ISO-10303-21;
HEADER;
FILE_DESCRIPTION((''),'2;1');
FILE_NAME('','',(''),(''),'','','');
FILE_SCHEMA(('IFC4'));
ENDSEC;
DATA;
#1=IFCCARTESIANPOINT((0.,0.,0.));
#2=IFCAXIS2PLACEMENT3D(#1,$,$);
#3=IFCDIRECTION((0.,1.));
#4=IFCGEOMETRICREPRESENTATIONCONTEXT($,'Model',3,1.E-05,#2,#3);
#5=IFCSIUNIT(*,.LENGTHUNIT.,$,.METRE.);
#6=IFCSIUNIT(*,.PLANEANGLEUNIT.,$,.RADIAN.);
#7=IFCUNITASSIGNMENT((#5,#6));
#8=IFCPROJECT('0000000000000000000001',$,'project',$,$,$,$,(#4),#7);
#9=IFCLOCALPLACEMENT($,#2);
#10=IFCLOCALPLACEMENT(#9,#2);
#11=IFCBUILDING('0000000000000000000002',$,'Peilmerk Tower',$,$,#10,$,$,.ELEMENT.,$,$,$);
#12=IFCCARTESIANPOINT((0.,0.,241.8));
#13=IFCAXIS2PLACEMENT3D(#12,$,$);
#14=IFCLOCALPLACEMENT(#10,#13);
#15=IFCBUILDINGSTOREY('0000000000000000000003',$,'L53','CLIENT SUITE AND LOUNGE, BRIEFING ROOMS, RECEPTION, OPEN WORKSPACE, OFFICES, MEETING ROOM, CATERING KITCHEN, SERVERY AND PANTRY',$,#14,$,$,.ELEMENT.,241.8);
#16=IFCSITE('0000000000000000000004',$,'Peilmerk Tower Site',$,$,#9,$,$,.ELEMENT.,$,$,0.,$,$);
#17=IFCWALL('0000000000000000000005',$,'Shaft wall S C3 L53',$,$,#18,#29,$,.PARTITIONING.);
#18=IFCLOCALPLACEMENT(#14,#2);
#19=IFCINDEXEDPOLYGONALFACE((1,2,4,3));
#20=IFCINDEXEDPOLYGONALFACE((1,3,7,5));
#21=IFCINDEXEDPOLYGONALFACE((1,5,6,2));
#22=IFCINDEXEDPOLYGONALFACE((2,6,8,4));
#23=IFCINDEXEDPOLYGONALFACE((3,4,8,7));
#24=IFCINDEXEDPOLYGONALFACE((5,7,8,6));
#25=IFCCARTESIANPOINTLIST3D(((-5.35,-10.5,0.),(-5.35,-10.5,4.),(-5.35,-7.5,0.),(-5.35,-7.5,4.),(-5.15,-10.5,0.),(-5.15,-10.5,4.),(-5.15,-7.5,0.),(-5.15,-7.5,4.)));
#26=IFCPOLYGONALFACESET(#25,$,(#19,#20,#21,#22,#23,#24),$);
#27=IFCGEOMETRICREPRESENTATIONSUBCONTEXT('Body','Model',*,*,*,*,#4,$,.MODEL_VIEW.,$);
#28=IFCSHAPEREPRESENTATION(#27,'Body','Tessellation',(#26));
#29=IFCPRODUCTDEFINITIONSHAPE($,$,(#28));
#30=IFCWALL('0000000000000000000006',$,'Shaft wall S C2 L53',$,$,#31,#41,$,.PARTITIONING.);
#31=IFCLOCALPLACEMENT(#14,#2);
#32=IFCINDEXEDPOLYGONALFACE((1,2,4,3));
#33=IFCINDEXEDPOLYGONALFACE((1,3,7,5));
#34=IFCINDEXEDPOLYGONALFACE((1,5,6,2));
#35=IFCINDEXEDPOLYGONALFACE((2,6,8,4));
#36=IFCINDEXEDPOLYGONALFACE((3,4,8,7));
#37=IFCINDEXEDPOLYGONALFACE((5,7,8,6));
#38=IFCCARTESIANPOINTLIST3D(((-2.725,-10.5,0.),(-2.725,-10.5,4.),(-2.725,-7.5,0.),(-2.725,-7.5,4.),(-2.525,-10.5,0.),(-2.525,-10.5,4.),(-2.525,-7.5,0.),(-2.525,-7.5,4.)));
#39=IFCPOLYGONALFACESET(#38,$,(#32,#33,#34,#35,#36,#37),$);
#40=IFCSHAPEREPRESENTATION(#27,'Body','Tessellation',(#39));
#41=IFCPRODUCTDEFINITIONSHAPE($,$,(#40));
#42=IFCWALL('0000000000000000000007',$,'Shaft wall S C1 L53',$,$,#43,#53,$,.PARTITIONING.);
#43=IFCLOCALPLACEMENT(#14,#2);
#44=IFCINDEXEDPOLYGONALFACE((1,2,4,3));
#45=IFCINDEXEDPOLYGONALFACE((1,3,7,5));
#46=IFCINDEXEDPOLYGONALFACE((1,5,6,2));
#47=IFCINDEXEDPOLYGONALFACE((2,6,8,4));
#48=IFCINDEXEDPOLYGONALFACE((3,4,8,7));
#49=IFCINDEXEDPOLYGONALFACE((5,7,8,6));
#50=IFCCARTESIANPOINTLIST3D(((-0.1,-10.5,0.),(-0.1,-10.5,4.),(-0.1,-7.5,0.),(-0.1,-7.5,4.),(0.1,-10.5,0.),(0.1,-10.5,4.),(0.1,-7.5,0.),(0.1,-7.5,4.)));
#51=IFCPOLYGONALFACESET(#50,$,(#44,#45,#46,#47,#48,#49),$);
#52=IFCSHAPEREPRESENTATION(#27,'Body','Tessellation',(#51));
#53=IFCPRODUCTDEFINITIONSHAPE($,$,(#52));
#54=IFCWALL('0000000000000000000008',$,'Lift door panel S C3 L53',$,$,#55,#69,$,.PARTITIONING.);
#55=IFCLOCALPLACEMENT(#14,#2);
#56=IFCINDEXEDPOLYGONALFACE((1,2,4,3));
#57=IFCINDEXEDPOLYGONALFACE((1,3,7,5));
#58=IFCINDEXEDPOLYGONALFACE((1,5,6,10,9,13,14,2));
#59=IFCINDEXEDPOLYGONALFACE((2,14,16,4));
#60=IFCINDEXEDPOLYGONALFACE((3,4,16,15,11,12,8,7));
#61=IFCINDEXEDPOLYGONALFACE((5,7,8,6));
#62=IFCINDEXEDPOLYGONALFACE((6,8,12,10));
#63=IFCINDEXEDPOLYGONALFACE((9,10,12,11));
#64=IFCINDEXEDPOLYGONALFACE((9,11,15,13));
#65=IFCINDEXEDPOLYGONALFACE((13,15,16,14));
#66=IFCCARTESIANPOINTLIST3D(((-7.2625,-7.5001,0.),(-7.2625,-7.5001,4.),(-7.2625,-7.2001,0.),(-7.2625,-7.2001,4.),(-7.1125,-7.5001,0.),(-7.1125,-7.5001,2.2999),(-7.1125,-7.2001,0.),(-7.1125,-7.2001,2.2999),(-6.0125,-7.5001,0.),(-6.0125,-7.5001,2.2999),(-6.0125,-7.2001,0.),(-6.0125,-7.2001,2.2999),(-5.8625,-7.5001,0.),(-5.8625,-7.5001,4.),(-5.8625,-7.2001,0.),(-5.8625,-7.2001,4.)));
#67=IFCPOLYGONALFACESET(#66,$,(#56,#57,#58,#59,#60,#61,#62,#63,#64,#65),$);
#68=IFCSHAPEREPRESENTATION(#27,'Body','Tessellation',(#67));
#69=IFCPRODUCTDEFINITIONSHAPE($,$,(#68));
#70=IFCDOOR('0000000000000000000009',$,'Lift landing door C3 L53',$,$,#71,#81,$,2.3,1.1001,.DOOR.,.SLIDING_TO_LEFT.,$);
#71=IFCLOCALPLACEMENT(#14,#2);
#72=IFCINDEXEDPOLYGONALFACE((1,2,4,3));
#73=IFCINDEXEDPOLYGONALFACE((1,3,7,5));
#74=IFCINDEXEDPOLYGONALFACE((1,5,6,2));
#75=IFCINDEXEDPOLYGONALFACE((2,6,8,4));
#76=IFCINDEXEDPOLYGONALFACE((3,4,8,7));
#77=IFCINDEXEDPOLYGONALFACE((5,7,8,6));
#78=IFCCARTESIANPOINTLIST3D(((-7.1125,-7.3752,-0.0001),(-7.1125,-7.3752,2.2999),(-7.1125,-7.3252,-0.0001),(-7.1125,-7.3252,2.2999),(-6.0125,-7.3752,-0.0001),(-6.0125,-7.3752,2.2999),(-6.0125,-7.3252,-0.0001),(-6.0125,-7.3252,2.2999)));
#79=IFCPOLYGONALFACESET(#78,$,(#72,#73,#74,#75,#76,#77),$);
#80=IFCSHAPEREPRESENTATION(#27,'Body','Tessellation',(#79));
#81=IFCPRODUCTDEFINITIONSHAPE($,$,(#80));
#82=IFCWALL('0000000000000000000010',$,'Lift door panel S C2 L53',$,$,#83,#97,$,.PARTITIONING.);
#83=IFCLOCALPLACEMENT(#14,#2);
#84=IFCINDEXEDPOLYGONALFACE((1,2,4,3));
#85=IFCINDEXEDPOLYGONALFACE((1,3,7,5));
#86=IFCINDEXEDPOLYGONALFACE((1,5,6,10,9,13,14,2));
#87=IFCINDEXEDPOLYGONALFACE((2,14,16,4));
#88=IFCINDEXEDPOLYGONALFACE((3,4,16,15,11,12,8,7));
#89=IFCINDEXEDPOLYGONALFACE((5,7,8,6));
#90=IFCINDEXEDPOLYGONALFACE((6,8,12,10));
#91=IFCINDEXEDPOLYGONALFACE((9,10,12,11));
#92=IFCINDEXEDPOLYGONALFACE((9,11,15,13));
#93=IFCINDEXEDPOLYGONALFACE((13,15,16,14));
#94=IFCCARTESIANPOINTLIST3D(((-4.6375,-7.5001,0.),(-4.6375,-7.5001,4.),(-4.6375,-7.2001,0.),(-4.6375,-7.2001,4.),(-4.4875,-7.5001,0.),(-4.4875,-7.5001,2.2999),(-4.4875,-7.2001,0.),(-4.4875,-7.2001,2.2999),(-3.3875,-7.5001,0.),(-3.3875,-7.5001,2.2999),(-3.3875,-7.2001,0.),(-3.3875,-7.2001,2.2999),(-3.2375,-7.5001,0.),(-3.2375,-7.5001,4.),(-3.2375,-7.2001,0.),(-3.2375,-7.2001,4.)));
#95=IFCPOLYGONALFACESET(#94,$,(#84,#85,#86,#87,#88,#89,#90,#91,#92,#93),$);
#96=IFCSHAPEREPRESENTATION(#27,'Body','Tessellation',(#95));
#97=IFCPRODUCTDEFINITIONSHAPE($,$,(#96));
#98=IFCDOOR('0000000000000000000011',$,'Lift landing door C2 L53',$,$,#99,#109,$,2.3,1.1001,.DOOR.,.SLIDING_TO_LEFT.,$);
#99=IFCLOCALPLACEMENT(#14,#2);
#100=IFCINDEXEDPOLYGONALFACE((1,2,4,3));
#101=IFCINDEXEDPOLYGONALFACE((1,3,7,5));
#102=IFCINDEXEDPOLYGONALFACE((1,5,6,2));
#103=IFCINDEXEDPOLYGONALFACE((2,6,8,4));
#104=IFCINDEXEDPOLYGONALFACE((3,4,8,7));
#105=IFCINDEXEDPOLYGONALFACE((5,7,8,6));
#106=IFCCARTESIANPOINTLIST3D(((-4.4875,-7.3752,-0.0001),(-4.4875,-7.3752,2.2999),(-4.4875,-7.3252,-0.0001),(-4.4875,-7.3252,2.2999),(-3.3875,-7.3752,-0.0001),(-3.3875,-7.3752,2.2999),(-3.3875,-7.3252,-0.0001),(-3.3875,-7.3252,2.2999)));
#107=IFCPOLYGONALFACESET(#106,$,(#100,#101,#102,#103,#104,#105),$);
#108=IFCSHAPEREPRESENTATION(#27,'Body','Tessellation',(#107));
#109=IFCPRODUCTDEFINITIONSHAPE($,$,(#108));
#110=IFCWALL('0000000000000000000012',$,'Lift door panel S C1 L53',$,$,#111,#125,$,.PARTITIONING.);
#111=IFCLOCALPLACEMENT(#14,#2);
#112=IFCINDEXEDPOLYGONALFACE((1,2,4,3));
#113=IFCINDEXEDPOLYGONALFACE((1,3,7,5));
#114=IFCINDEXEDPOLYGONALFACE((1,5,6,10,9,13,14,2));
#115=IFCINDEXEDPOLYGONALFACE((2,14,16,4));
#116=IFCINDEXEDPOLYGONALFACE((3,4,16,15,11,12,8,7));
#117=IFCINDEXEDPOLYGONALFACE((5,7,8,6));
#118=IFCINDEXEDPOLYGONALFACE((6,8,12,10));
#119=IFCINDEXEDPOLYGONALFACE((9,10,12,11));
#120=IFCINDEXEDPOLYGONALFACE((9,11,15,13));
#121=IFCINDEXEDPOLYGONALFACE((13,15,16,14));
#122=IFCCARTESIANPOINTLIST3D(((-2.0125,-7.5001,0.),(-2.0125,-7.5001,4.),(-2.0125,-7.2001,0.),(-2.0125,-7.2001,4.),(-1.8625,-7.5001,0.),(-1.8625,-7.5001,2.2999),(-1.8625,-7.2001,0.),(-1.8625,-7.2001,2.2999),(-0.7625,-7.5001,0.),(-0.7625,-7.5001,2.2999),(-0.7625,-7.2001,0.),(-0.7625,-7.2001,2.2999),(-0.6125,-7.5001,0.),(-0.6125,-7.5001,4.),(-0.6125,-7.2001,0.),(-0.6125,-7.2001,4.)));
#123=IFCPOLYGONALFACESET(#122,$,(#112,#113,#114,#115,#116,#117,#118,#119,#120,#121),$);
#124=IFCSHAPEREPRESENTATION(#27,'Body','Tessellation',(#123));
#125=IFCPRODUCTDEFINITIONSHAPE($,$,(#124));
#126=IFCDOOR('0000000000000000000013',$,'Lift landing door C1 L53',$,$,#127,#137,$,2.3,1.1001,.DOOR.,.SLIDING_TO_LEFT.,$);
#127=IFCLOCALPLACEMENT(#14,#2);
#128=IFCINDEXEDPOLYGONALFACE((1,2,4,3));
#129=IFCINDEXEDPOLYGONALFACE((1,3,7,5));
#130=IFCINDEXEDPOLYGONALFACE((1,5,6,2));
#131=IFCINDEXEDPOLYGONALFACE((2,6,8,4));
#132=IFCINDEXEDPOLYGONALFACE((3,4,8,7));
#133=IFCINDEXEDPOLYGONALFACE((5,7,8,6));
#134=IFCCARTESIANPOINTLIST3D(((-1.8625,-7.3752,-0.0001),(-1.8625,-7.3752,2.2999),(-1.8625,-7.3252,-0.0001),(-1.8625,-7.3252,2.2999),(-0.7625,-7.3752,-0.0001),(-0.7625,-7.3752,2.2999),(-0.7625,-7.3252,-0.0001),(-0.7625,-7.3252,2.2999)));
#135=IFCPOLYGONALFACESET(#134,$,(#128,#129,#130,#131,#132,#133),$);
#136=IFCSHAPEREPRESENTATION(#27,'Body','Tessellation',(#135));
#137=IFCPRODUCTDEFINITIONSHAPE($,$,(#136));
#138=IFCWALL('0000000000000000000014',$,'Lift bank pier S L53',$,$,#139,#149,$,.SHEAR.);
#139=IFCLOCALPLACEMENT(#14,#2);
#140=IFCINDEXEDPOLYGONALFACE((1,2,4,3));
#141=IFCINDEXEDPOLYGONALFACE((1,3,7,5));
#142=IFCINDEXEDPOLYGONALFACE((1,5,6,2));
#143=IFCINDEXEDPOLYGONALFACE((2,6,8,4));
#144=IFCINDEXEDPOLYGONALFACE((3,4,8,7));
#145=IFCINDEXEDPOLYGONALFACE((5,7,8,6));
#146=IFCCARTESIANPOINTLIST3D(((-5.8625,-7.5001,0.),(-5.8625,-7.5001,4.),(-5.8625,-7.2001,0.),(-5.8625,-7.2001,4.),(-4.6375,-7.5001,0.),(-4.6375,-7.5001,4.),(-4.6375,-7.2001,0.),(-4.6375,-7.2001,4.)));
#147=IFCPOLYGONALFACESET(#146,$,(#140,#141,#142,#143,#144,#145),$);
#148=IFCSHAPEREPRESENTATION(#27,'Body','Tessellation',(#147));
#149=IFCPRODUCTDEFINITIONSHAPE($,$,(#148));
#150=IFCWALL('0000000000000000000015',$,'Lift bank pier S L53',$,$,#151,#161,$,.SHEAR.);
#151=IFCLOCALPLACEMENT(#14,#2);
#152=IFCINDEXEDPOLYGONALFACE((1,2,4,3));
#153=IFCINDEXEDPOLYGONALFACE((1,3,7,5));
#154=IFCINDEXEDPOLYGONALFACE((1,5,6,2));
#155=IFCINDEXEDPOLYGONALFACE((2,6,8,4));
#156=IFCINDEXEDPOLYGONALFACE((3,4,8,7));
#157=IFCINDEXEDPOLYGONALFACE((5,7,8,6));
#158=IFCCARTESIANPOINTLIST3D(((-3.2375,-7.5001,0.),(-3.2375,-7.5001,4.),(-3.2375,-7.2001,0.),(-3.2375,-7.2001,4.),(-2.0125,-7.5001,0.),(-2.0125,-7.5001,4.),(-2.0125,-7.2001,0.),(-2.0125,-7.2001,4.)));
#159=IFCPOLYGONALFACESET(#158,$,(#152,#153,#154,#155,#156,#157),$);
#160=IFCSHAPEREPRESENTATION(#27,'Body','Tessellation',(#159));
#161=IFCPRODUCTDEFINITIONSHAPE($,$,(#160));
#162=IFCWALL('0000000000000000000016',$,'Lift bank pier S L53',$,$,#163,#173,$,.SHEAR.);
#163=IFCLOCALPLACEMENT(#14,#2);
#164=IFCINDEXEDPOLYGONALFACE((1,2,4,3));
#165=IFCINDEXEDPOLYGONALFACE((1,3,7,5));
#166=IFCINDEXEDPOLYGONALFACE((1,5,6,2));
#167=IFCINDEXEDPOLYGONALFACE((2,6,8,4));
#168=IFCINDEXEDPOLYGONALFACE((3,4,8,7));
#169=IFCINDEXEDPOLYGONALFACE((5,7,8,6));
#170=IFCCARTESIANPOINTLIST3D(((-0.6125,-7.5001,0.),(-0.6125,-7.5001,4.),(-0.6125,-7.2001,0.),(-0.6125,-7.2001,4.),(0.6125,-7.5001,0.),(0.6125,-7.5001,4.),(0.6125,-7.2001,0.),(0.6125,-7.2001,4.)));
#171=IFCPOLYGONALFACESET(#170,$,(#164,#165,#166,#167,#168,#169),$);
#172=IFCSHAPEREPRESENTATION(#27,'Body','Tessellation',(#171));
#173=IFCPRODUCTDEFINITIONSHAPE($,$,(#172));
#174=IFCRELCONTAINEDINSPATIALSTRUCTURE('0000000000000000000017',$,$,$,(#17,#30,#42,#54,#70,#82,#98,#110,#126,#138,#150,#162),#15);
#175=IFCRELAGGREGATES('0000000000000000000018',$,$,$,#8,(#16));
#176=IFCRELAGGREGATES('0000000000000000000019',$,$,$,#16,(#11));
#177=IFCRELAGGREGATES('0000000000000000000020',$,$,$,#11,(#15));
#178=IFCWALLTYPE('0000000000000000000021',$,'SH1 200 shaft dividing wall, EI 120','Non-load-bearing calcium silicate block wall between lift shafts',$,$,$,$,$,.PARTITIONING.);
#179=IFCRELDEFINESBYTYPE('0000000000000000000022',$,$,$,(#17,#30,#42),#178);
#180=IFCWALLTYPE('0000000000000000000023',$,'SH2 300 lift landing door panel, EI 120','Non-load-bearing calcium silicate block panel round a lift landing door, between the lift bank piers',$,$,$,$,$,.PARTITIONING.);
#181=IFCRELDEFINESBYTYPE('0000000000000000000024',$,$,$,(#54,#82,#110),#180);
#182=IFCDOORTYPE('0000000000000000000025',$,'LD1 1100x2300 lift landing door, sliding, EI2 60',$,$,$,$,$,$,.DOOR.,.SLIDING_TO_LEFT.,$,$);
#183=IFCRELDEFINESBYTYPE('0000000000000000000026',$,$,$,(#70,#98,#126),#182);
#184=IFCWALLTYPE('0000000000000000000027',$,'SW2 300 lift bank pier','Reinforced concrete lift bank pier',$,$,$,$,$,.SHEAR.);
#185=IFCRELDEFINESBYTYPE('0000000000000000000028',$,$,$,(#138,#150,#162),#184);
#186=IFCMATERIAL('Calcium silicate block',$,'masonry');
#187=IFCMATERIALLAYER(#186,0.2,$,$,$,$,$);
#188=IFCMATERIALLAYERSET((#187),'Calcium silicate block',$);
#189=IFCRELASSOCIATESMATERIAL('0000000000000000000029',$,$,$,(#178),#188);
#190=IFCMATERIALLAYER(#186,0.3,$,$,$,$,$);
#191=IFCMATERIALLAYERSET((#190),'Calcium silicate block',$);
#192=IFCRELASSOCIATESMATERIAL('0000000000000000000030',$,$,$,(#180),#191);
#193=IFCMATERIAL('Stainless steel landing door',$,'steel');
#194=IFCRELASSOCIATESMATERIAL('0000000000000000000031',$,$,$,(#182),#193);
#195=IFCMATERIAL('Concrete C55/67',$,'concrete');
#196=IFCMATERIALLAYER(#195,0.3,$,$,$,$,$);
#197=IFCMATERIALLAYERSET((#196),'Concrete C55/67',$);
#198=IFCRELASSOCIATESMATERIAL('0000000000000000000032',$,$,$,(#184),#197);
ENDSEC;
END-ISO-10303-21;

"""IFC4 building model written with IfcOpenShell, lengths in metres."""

from ifc_helpers import new_model, si_unit, direction, frame, frame_2d, origin, place, context, subcontext, project, spatial, rectangle, extrude, material, layer, layer_set, type_object, element, fill, save


model = new_model("IFC4")

# Units and contexts
model_context = context("Model", 3, precision=1e-05, world=origin(), true_north=direction((0.0, 1.0)))
body_context = subcontext(model_context, "Body", "Model", "MODEL_VIEW")
ifc_project = project(units=[si_unit("LENGTHUNIT", "METRE"), si_unit("PLANEANGLEUNIT", "RADIAN")], contexts=[model_context])

# Site, building, storey
site_placement = place(None, origin())
site = spatial("IfcSite", under=ifc_project, at=site_placement, Name="Peilmerk Tower Site", CompositionType="ELEMENT", RefElevation=0.0)
building_placement = place(site_placement, origin())
building = spatial("IfcBuilding", under=site, at=building_placement, Name="Peilmerk Tower", CompositionType="ELEMENT")
storey_placement = place(building_placement, frame((0.0, 0.0, 241.8)))
storey = spatial("IfcBuildingStorey", under=building, at=storey_placement, Name="L53", Description="CLIENT SUITE AND LOUNGE, BRIEFING ROOMS, RECEPTION, OPEN WORKSPACE, OFFICES, MEETING ROOM, CATERING KITCHEN, SERVERY AND PANTRY", CompositionType="ELEMENT", Elevation=241.8)

# Walls
ifc_material_1 = material(Name="Calcium silicate block", Category="masonry")
ifc_layer_1 = layer(ifc_material_1, 0.2)
ifc_layer_set_1 = layer_set([ifc_layer_1], Name="Calcium silicate block")
wall_type_1 = type_object("IfcWallType", Name="SH1 200 shaft dividing wall, EI 120", Description="Non-load-bearing calcium silicate block wall between lift shafts", PredefinedType="PARTITIONING", material=ifc_layer_set_1)
for number, where, z_axis, x_axis, name in (
    (1, (-5.25, -10.5, 0.0), (0.0, 0.0, 1.0), (0.0, 1.0, 0.0), "Shaft wall S C3 L53"),
    (2, (-2.625, -10.5, 0.0), (0.0, 0.0, 1.0), (0.0, 1.0, 0.0), "Shaft wall S C2 L53"),
    (3, (0.0, -10.5, 0.0), (0.0, 0.0, 1.0), (0.0, 1.0, 0.0), "Shaft wall S C1 L53"),
):
    element("IfcWall", number, at=place(storey_placement, frame(where, z_axis=z_axis, x_axis=x_axis)), inside=storey, type_object=wall_type_1, Name=name, PredefinedType="PARTITIONING", context=body_context, shape_type="SweptSolid", body=[
        extrude(rectangle(XDim=3.0, YDim=0.2, at=frame_2d((1.5, 0.0))), origin(), (0.0, 0.0, 1.0), 4.0),
    ])

# Walls, openings, doors
ifc_layer_2 = layer(ifc_material_1, 0.3)
ifc_layer_set_2 = layer_set([ifc_layer_2], Name="Calcium silicate block")
wall_type_2 = type_object("IfcWallType", Name="SH2 300 lift landing door panel, EI 120", Description="Non-load-bearing calcium silicate block panel round a lift landing door, between the lift bank piers", PredefinedType="PARTITIONING", material=ifc_layer_set_2)
wall_1_placement = place(storey_placement, frame((-7.2625, -7.3501, 0.0), z_axis=(0.0, 0.0, 1.0), x_axis=(1.0, 0.0, 0.0)))
wall_1 = element("IfcWall", 4, at=wall_1_placement, inside=storey, type_object=wall_type_2, Name="Lift door panel S C3 L53", PredefinedType="PARTITIONING", context=body_context, shape_type="SweptSolid", body=[
    extrude(rectangle(XDim=1.3999, YDim=0.3, at=frame_2d((0.7, 0.0))), origin(), (0.0, 0.0, 1.0), 4.0),
])
opening_1_placement = place(wall_1_placement, frame((0.1499, 0.0, 0.0)))
opening_1 = element("IfcOpeningElement", 5, at=opening_1_placement, cuts=wall_1, PredefinedType="OPENING", context=body_context, shape_type="SweptSolid", body=[
    extrude(rectangle(XDim=1.1001, YDim=2.3, at=frame_2d((0.55, 1.1499))), frame((0.0, 0.1599, 0.0), z_axis=(0.0, -1.0, 0.0), x_axis=(1.0, 0.0, 0.0)), (0.0, 0.0, 1.0), 0.3201),
])
ifc_material_2 = material(Name="Stainless steel landing door", Category="steel")
door_type = type_object("IfcDoorType", Name="LD1 1100x2300 lift landing door, sliding, EI2 60", OperationType="SLIDING_TO_LEFT", PredefinedType="DOOR", material=ifc_material_2)
door_1_placement = place(opening_1_placement, origin())
door_1 = element("IfcDoor", 6, at=door_1_placement, inside=storey, type_object=door_type, Name="Lift landing door C3 L53", OperationType="SLIDING_TO_LEFT", OverallHeight=2.3, OverallWidth=1.1001, PredefinedType="DOOR", context=body_context, shape_type="SweptSolid", body=[
    extrude(rectangle(XDim=1.1001, YDim=2.3, at=frame_2d((0.55, 1.1499))), frame((0.0, 0.0249, 0.0), z_axis=(0.0, -1.0, 0.0), x_axis=(1.0, 0.0, 0.0)), (0.0, 0.0, 1.0), 0.05),
])
fill(opening_1, door_1)
wall_2_placement = place(storey_placement, frame((-4.6375, -7.3501, 0.0), z_axis=(0.0, 0.0, 1.0), x_axis=(1.0, 0.0, 0.0)))
wall_2 = element("IfcWall", 7, at=wall_2_placement, inside=storey, type_object=wall_type_2, Name="Lift door panel S C2 L53", PredefinedType="PARTITIONING", context=body_context, shape_type="SweptSolid", body=[
    extrude(rectangle(XDim=1.3999, YDim=0.3, at=frame_2d((0.7, 0.0))), origin(), (0.0, 0.0, 1.0), 4.0),
])
opening_2_placement = place(wall_2_placement, frame((0.1499, 0.0, 0.0)))
opening_2 = element("IfcOpeningElement", 8, at=opening_2_placement, cuts=wall_2, PredefinedType="OPENING", context=body_context, shape_type="SweptSolid", body=[
    extrude(rectangle(XDim=1.1001, YDim=2.3, at=frame_2d((0.55, 1.1499))), frame((0.0, 0.1599, 0.0), z_axis=(0.0, -1.0, 0.0), x_axis=(1.0, 0.0, 0.0)), (0.0, 0.0, 1.0), 0.3201),
])
door_2_placement = place(opening_2_placement, origin())
door_2 = element("IfcDoor", 9, at=door_2_placement, inside=storey, type_object=door_type, Name="Lift landing door C2 L53", OperationType="SLIDING_TO_LEFT", OverallHeight=2.3, OverallWidth=1.1001, PredefinedType="DOOR", context=body_context, shape_type="SweptSolid", body=[
    extrude(rectangle(XDim=1.1001, YDim=2.3, at=frame_2d((0.55, 1.1499))), frame((0.0, 0.0249, 0.0), z_axis=(0.0, -1.0, 0.0), x_axis=(1.0, 0.0, 0.0)), (0.0, 0.0, 1.0), 0.05),
])
fill(opening_2, door_2)
wall_3_placement = place(storey_placement, frame((-2.0125, -7.3501, 0.0), z_axis=(0.0, 0.0, 1.0), x_axis=(1.0, 0.0, 0.0)))
wall_3 = element("IfcWall", 10, at=wall_3_placement, inside=storey, type_object=wall_type_2, Name="Lift door panel S C1 L53", PredefinedType="PARTITIONING", context=body_context, shape_type="SweptSolid", body=[
    extrude(rectangle(XDim=1.3999, YDim=0.3, at=frame_2d((0.7, 0.0))), origin(), (0.0, 0.0, 1.0), 4.0),
])
opening_3_placement = place(wall_3_placement, frame((0.1499, 0.0, 0.0)))
opening_3 = element("IfcOpeningElement", 11, at=opening_3_placement, cuts=wall_3, PredefinedType="OPENING", context=body_context, shape_type="SweptSolid", body=[
    extrude(rectangle(XDim=1.1001, YDim=2.3, at=frame_2d((0.55, 1.1499))), frame((0.0, 0.1599, 0.0), z_axis=(0.0, -1.0, 0.0), x_axis=(1.0, 0.0, 0.0)), (0.0, 0.0, 1.0), 0.3201),
])
door_3_placement = place(opening_3_placement, origin())
door_3 = element("IfcDoor", 12, at=door_3_placement, inside=storey, type_object=door_type, Name="Lift landing door C1 L53", OperationType="SLIDING_TO_LEFT", OverallHeight=2.3, OverallWidth=1.1001, PredefinedType="DOOR", context=body_context, shape_type="SweptSolid", body=[
    extrude(rectangle(XDim=1.1001, YDim=2.3, at=frame_2d((0.55, 1.1499))), frame((0.0, 0.0249, 0.0), z_axis=(0.0, -1.0, 0.0), x_axis=(1.0, 0.0, 0.0)), (0.0, 0.0, 1.0), 0.05),
])
fill(opening_3, door_3)

# Walls
ifc_material_3 = material(Name="Concrete C55/67", Category="concrete")
ifc_layer_3 = layer(ifc_material_3, 0.3)
ifc_layer_set_3 = layer_set([ifc_layer_3], Name="Concrete C55/67")
wall_type_3 = type_object("IfcWallType", Name="SW2 300 lift bank pier", Description="Reinforced concrete lift bank pier", PredefinedType="SHEAR", material=ifc_layer_set_3)
for number, where, z_axis, x_axis, name in (
    (13, (-5.8625, -7.3501, 0.0), (0.0, 0.0, 1.0), (1.0, 0.0, 0.0), "Lift bank pier S L53"),
    (14, (-3.2375, -7.3501, 0.0), (0.0, 0.0, 1.0), (1.0, 0.0, 0.0), "Lift bank pier S L53"),
    (15, (-0.6125, -7.3501, 0.0), (0.0, 0.0, 1.0), (1.0, 0.0, 0.0), "Lift bank pier S L53"),
):
    element("IfcWall", number, at=place(storey_placement, frame(where, z_axis=z_axis, x_axis=x_axis)), inside=storey, type_object=wall_type_3, Name=name, PredefinedType="SHEAR", context=body_context, shape_type="SweptSolid", body=[
        extrude(rectangle(XDim=1.2251, YDim=0.3, at=frame_2d((0.6125, 0.0))), origin(), (0.0, 0.0, 1.0), 4.0),
    ])

save(model, "model.ifc")
